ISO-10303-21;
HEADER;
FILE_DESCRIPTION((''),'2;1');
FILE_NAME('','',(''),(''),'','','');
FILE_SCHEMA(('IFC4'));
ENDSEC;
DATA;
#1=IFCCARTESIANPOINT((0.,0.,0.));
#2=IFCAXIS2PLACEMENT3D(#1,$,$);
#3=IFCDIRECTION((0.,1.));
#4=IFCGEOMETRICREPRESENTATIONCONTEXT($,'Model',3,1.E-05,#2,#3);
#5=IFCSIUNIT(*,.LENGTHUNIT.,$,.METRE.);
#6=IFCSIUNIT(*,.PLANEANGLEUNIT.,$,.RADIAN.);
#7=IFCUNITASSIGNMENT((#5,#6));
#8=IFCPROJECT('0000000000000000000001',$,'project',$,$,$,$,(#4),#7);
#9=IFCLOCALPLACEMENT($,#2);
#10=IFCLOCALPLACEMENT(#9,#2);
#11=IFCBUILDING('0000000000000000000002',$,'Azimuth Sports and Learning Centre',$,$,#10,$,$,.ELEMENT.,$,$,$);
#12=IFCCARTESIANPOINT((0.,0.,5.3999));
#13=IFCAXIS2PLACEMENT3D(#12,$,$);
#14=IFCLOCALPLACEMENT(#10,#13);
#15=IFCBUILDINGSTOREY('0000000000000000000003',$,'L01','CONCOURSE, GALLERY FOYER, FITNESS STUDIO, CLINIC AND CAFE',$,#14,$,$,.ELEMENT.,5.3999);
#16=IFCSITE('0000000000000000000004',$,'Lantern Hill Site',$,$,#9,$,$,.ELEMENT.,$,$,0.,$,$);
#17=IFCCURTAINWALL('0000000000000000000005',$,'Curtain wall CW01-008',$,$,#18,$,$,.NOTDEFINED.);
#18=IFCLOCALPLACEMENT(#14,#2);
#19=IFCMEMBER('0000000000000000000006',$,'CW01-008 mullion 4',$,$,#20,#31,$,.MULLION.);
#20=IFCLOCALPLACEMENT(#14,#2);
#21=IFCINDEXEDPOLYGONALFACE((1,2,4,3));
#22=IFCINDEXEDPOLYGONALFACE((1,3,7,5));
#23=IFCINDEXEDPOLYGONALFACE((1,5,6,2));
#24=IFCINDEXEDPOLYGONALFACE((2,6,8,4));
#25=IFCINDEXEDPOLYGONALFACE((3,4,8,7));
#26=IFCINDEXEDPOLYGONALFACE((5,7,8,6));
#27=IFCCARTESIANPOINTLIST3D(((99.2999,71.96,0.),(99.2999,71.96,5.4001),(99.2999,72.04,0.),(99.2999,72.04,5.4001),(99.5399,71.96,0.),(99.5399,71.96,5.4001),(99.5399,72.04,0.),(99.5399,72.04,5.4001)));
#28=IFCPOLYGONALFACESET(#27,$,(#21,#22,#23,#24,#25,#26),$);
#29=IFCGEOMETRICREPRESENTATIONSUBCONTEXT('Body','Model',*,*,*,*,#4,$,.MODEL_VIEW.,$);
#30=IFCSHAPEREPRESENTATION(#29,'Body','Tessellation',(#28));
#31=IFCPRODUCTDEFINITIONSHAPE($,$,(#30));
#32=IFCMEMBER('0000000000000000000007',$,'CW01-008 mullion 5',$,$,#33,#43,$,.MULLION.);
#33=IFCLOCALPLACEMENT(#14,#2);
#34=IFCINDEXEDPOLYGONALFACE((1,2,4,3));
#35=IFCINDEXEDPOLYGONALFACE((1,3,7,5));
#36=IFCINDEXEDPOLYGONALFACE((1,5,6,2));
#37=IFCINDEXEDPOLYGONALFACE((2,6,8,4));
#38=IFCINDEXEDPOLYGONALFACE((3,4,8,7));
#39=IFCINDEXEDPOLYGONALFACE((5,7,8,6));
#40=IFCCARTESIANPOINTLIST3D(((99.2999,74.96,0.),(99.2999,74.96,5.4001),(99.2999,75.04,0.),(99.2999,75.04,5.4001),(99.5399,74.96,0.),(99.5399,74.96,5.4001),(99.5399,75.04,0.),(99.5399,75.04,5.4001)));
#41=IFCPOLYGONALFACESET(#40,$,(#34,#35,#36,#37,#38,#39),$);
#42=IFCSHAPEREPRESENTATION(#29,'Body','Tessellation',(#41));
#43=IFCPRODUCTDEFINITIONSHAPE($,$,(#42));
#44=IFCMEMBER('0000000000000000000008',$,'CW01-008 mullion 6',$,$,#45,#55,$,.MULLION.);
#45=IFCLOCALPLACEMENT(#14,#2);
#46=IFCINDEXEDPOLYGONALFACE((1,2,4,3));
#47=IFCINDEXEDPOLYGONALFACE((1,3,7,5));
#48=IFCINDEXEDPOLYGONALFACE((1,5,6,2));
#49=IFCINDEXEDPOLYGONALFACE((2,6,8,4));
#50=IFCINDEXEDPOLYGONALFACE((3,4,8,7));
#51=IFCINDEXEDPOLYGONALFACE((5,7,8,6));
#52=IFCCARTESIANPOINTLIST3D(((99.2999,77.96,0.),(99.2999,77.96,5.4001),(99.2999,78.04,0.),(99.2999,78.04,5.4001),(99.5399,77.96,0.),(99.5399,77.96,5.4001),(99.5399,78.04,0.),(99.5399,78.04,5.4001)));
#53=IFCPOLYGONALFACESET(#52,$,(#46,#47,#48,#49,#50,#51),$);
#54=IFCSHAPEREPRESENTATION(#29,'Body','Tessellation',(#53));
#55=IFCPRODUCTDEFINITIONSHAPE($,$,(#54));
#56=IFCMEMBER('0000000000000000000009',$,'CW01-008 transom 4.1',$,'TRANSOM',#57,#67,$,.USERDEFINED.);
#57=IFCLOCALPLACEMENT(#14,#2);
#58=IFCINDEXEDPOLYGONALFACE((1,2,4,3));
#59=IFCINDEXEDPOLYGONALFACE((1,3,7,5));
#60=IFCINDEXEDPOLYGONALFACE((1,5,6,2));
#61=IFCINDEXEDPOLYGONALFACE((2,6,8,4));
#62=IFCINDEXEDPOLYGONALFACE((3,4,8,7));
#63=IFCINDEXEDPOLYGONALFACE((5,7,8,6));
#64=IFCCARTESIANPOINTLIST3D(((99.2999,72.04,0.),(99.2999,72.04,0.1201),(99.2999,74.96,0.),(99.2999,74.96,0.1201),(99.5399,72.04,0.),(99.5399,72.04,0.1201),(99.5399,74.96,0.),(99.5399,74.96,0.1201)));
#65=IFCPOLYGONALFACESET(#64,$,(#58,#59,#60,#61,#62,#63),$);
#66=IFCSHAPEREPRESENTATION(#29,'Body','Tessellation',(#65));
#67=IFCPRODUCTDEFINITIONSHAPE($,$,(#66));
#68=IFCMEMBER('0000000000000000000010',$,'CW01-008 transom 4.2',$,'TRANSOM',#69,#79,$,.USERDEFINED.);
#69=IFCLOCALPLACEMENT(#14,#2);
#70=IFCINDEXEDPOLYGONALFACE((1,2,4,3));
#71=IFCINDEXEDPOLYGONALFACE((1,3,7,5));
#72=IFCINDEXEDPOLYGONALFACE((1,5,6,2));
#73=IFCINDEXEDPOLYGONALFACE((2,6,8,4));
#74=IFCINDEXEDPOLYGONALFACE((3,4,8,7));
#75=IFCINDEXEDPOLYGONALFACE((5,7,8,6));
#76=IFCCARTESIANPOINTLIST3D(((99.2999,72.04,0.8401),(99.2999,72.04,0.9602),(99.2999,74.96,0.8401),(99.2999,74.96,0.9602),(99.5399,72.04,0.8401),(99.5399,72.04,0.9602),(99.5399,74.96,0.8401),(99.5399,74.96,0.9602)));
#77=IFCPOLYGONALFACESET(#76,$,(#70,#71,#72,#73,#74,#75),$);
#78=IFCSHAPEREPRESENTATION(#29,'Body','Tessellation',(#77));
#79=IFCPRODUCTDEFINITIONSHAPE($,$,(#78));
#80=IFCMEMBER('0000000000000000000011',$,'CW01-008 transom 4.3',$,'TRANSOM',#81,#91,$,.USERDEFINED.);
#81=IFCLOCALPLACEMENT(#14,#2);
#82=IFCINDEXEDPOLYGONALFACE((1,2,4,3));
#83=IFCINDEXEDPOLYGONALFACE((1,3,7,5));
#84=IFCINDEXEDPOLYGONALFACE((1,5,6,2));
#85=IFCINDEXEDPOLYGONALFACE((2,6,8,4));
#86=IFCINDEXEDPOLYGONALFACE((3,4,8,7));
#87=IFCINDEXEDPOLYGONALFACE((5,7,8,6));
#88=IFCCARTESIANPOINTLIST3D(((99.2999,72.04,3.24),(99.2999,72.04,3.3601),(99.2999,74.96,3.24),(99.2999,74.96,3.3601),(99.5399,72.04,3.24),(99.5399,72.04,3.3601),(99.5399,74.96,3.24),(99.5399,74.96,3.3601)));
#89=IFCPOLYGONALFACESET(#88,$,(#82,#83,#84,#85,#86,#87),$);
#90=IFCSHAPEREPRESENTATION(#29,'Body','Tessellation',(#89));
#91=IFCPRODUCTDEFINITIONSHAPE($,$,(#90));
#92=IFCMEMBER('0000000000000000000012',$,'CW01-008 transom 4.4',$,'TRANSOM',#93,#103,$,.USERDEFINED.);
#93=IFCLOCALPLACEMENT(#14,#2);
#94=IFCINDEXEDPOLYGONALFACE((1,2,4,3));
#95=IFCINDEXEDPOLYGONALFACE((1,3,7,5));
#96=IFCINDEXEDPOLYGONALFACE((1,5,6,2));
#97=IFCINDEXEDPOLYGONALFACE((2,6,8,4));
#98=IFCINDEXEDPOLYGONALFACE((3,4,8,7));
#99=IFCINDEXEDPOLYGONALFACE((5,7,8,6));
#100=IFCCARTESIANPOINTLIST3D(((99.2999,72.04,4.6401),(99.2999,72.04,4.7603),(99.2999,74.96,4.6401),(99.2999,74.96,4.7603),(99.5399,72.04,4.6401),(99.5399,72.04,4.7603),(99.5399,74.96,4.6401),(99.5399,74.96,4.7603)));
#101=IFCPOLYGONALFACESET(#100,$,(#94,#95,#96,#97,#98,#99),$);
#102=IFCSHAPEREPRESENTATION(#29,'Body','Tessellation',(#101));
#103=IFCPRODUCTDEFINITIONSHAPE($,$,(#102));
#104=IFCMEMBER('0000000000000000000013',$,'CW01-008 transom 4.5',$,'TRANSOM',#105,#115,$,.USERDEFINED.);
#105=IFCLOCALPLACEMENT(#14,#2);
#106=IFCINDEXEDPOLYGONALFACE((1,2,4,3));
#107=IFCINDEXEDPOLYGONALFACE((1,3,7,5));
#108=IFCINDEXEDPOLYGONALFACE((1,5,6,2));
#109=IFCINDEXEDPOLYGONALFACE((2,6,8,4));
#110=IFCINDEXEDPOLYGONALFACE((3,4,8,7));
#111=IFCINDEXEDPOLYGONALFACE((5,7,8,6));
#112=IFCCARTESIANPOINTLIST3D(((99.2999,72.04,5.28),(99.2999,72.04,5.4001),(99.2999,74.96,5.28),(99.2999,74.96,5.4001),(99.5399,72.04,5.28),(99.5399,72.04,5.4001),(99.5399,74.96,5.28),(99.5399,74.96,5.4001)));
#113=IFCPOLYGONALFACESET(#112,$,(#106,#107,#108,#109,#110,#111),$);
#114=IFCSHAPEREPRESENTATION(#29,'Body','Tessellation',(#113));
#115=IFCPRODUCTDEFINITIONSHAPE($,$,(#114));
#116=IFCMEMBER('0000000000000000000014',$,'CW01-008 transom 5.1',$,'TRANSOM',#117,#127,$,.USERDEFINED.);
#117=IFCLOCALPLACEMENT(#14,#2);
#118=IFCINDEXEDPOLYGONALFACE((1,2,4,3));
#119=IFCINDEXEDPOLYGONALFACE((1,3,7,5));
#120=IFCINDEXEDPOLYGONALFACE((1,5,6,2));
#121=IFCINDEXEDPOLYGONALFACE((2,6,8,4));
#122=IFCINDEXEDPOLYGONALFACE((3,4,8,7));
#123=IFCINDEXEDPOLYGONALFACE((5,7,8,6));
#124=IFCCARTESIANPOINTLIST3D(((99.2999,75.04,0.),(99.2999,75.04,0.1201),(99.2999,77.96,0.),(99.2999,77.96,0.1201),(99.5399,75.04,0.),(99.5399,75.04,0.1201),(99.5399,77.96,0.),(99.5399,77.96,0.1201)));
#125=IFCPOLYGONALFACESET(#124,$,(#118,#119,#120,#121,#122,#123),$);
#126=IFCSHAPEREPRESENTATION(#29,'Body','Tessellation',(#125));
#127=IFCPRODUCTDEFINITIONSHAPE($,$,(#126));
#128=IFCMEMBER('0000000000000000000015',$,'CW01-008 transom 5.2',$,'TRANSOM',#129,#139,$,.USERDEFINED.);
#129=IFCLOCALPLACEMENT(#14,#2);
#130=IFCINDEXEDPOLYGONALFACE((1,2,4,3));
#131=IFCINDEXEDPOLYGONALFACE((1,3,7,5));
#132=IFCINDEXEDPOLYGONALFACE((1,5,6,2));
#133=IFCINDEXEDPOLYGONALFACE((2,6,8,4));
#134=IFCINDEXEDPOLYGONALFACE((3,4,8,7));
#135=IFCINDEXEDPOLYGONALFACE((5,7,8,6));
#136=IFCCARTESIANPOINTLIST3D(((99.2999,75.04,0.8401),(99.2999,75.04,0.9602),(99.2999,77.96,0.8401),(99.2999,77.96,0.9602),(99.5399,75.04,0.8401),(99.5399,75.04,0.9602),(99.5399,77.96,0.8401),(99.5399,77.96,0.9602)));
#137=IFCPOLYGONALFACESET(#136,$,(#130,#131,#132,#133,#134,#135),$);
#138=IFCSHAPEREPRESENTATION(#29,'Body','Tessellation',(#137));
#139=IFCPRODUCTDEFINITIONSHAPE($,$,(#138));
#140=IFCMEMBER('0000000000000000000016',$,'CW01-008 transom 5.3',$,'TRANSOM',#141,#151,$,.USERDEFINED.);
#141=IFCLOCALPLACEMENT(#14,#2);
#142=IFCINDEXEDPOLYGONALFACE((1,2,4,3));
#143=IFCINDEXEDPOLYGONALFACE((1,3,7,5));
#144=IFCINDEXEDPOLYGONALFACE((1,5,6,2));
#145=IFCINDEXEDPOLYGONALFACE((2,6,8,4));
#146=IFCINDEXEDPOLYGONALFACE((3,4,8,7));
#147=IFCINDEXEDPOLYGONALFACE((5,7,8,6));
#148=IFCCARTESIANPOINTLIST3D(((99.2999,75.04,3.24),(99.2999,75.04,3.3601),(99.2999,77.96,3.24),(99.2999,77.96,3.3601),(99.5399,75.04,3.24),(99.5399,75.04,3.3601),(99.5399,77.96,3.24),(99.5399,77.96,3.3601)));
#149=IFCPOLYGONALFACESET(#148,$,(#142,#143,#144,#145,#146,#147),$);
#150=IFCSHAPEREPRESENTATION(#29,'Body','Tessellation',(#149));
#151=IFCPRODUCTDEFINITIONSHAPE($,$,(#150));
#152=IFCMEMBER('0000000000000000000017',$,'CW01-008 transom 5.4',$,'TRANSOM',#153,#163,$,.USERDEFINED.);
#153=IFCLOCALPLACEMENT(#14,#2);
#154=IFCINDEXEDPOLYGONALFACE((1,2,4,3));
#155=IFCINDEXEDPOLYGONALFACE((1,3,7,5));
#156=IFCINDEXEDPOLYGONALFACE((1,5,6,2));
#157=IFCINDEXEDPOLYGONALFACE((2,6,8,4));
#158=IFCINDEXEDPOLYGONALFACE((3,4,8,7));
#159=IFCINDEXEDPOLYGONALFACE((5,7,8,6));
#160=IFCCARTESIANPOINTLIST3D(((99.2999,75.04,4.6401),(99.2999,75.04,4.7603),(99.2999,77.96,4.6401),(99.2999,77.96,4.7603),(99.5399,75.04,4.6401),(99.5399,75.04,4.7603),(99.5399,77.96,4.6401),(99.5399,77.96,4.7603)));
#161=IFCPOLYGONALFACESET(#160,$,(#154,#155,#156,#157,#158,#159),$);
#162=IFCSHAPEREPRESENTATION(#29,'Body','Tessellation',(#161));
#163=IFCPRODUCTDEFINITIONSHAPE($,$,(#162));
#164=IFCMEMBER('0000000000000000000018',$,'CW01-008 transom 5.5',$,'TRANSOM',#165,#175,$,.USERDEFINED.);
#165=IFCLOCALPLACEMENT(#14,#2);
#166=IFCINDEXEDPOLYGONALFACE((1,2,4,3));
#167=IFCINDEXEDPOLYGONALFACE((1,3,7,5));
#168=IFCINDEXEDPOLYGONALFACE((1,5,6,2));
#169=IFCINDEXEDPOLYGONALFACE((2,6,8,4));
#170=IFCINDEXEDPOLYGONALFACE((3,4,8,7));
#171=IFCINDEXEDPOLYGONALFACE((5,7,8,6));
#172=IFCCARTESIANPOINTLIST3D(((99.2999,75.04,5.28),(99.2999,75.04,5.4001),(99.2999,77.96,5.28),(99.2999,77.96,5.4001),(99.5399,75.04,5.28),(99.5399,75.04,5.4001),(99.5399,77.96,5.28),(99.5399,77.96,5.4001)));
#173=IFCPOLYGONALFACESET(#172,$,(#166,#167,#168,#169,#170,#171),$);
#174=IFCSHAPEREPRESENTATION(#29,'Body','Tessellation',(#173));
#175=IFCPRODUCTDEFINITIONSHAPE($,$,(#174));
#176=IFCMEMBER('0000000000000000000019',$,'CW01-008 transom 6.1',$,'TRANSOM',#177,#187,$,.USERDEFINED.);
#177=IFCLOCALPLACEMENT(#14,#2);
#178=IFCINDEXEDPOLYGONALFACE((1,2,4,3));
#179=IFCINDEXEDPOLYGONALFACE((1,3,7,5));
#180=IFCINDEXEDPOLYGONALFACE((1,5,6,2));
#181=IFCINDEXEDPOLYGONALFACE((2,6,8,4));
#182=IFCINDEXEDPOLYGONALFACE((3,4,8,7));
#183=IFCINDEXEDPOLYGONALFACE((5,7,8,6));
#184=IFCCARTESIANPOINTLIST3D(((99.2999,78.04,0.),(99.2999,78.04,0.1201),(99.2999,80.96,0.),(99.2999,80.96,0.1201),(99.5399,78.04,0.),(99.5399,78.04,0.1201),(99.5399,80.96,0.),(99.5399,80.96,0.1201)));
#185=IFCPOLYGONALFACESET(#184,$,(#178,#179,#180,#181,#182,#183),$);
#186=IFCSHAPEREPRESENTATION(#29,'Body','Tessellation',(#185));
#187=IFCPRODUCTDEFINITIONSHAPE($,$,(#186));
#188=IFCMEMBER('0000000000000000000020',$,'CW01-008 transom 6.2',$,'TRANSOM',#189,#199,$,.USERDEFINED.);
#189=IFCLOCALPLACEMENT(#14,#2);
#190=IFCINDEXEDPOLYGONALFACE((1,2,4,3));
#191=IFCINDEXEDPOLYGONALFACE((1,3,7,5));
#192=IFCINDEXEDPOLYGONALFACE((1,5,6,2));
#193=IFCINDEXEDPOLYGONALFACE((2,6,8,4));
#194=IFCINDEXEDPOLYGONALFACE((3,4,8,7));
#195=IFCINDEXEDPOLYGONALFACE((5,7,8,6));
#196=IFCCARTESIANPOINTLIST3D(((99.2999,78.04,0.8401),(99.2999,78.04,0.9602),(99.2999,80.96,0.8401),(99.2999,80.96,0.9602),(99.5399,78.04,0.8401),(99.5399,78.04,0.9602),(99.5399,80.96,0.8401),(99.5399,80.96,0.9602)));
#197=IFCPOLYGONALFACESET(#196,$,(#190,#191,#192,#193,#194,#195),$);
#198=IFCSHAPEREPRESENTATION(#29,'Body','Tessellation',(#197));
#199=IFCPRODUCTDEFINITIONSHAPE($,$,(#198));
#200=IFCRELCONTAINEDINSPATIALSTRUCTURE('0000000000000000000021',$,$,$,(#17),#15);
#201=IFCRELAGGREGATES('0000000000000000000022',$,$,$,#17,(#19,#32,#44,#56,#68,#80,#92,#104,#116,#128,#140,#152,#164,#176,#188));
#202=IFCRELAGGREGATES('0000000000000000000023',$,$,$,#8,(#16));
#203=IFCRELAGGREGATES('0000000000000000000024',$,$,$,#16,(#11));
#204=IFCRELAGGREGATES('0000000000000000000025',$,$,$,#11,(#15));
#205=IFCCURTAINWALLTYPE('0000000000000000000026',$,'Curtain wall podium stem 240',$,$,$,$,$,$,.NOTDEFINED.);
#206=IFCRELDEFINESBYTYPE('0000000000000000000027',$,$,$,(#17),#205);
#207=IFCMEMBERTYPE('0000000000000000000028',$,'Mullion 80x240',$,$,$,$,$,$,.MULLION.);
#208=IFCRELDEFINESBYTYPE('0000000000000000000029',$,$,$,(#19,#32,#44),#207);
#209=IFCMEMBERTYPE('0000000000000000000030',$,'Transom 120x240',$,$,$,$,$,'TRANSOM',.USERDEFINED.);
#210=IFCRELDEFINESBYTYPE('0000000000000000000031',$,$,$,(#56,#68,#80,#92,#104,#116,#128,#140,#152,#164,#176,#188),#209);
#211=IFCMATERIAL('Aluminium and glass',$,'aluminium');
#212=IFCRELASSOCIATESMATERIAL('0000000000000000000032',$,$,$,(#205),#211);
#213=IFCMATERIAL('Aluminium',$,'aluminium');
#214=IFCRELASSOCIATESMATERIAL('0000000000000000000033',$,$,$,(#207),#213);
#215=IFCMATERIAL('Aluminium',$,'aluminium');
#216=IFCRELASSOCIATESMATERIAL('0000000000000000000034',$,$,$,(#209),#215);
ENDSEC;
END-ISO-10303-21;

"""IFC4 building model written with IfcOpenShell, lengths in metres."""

from ifc_helpers import new_model, si_unit, direction, frame, origin, origin_2d, place, context, subcontext, project, spatial, rectangle, extrude, material, material_profile, profile_set, type_object, element, aggregate, save


model = new_model("IFC4")

# Units and contexts
model_context = context("Model", 3, precision=1e-05, world=origin(), true_north=direction((0.0, 1.0)))
body_context = subcontext(model_context, "Body", "Model", "MODEL_VIEW")
ifc_project = project(units=[si_unit("LENGTHUNIT", "METRE"), si_unit("PLANEANGLEUNIT", "RADIAN")], contexts=[model_context])

# Site, building, storey
site_placement = place(None, origin())
site = spatial("IfcSite", under=ifc_project, at=site_placement, Name="Lantern Hill Site", CompositionType="ELEMENT", RefElevation=0.0)
building_placement = place(site_placement, origin())
building = spatial("IfcBuilding", under=site, at=building_placement, Name="Azimuth Sports and Learning Centre", CompositionType="ELEMENT")
storey_placement = place(building_placement, frame((0.0, 0.0, 5.3999)))
storey = spatial("IfcBuildingStorey", under=building, at=storey_placement, Name="L01", Description="CONCOURSE, GALLERY FOYER, FITNESS STUDIO, CLINIC AND CAFE", CompositionType="ELEMENT", Elevation=5.3999)

# Curtain wall, members
ifc_material_1 = material(Name="Aluminium and glass", Category="aluminium")
curtain_wall_type = type_object("IfcCurtainWallType", Name="Curtain wall podium stem 240", PredefinedType="NOTDEFINED", material=ifc_material_1)
curtain_wall_placement = place(storey_placement, origin())
curtain_wall = element("IfcCurtainWall", 1, at=curtain_wall_placement, inside=storey, type_object=curtain_wall_type, Name="Curtain wall CW01-008", PredefinedType="NOTDEFINED")
ifc_material_2 = material(Name="Aluminium", Category="aluminium")
ifc_material_profile_1 = material_profile(ifc_material_2, rectangle(XDim=0.24, YDim=0.0801, at=origin_2d()), Name="Mullion 80x240")
ifc_profile_set_1 = profile_set([ifc_material_profile_1], Name="Aluminium")
member_type_1 = type_object("IfcMemberType", Name="Mullion 80x240", PredefinedType="MULLION", material=ifc_profile_set_1)
member_1_placement = place(storey_placement, frame((99.4199, 72.0, 0.0), z_axis=(0.0, 0.0, 1.0), x_axis=(-1.0, 0.0, 0.0)))
member_1 = element("IfcMember", 2, at=member_1_placement, type_object=member_type_1, Name="CW01-008 mullion 4", PredefinedType="MULLION", context=body_context, shape_type="SweptSolid", body=[
    extrude(rectangle(XDim=0.24, YDim=0.0801, at=origin_2d()), origin(), (0.0, 0.0, 1.0), 5.4001),
])
member_2_placement = place(storey_placement, frame((99.4199, 75.0, 0.0), z_axis=(0.0, 0.0, 1.0), x_axis=(-1.0, 0.0, 0.0)))
member_2 = element("IfcMember", 3, at=member_2_placement, type_object=member_type_1, Name="CW01-008 mullion 5", PredefinedType="MULLION", context=body_context, shape_type="SweptSolid", body=[
    extrude(rectangle(XDim=0.24, YDim=0.0801, at=origin_2d()), origin(), (0.0, 0.0, 1.0), 5.4001),
])
member_3_placement = place(storey_placement, frame((99.4199, 78.0, 0.0), z_axis=(0.0, 0.0, 1.0), x_axis=(-1.0, 0.0, 0.0)))
member_3 = element("IfcMember", 4, at=member_3_placement, type_object=member_type_1, Name="CW01-008 mullion 6", PredefinedType="MULLION", context=body_context, shape_type="SweptSolid", body=[
    extrude(rectangle(XDim=0.24, YDim=0.0801, at=origin_2d()), origin(), (0.0, 0.0, 1.0), 5.4001),
])
ifc_material_3 = material(Name="Aluminium", Category="aluminium")
ifc_material_profile_2 = material_profile(ifc_material_3, rectangle(XDim=0.24, YDim=0.1201, at=origin_2d()), Name="Transom 120x240")
ifc_profile_set_2 = profile_set([ifc_material_profile_2], Name="Aluminium")
member_type_2 = type_object("IfcMemberType", Name="Transom 120x240", ElementType="TRANSOM", PredefinedType="USERDEFINED", material=ifc_profile_set_2)
member_4_placement = place(storey_placement, frame((99.4199, 72.04, 0.0601), z_axis=(0.0, 1.0, 0.0), x_axis=(-1.0, 0.0, 0.0)))
member_4 = element("IfcMember", 5, at=member_4_placement, type_object=member_type_2, Name="CW01-008 transom 4.1", ObjectType="TRANSOM", PredefinedType="USERDEFINED", context=body_context, shape_type="SweptSolid", body=[
    extrude(rectangle(XDim=0.24, YDim=0.1201, at=origin_2d()), origin(), (0.0, 0.0, 1.0), 2.9199),
])
member_5_placement = place(storey_placement, frame((99.4199, 72.04, 0.9001), z_axis=(0.0, 1.0, 0.0), x_axis=(-1.0, 0.0, 0.0)))
member_5 = element("IfcMember", 6, at=member_5_placement, type_object=member_type_2, Name="CW01-008 transom 4.2", ObjectType="TRANSOM", PredefinedType="USERDEFINED", context=body_context, shape_type="SweptSolid", body=[
    extrude(rectangle(XDim=0.24, YDim=0.1201, at=origin_2d()), origin(), (0.0, 0.0, 1.0), 2.9199),
])
member_6_placement = place(storey_placement, frame((99.4199, 72.04, 3.3), z_axis=(0.0, 1.0, 0.0), x_axis=(-1.0, 0.0, 0.0)))
member_6 = element("IfcMember", 7, at=member_6_placement, type_object=member_type_2, Name="CW01-008 transom 4.3", ObjectType="TRANSOM", PredefinedType="USERDEFINED", context=body_context, shape_type="SweptSolid", body=[
    extrude(rectangle(XDim=0.24, YDim=0.1201, at=origin_2d()), origin(), (0.0, 0.0, 1.0), 2.9199),
])
member_7_placement = place(storey_placement, frame((99.4199, 72.04, 4.7002), z_axis=(0.0, 1.0, 0.0), x_axis=(-1.0, 0.0, 0.0)))
member_7 = element("IfcMember", 8, at=member_7_placement, type_object=member_type_2, Name="CW01-008 transom 4.4", ObjectType="TRANSOM", PredefinedType="USERDEFINED", context=body_context, shape_type="SweptSolid", body=[
    extrude(rectangle(XDim=0.24, YDim=0.1201, at=origin_2d()), origin(), (0.0, 0.0, 1.0), 2.9199),
])
member_8_placement = place(storey_placement, frame((99.4199, 72.04, 5.3401), z_axis=(0.0, 1.0, 0.0), x_axis=(-1.0, 0.0, 0.0)))
member_8 = element("IfcMember", 9, at=member_8_placement, type_object=member_type_2, Name="CW01-008 transom 4.5", ObjectType="TRANSOM", PredefinedType="USERDEFINED", context=body_context, shape_type="SweptSolid", body=[
    extrude(rectangle(XDim=0.24, YDim=0.1201, at=origin_2d()), origin(), (0.0, 0.0, 1.0), 2.9199),
])
member_9_placement = place(storey_placement, frame((99.4199, 75.04, 0.0601), z_axis=(0.0, 1.0, 0.0), x_axis=(-1.0, 0.0, 0.0)))
member_9 = element("IfcMember", 10, at=member_9_placement, type_object=member_type_2, Name="CW01-008 transom 5.1", ObjectType="TRANSOM", PredefinedType="USERDEFINED", context=body_context, shape_type="SweptSolid", body=[
    extrude(rectangle(XDim=0.24, YDim=0.1201, at=origin_2d()), origin(), (0.0, 0.0, 1.0), 2.9199),
])
member_10_placement = place(storey_placement, frame((99.4199, 75.04, 0.9001), z_axis=(0.0, 1.0, 0.0), x_axis=(-1.0, 0.0, 0.0)))
member_10 = element("IfcMember", 11, at=member_10_placement, type_object=member_type_2, Name="CW01-008 transom 5.2", ObjectType="TRANSOM", PredefinedType="USERDEFINED", context=body_context, shape_type="SweptSolid", body=[
    extrude(rectangle(XDim=0.24, YDim=0.1201, at=origin_2d()), origin(), (0.0, 0.0, 1.0), 2.9199),
])
member_11_placement = place(storey_placement, frame((99.4199, 75.04, 3.3), z_axis=(0.0, 1.0, 0.0), x_axis=(-1.0, 0.0, 0.0)))
member_11 = element("IfcMember", 12, at=member_11_placement, type_object=member_type_2, Name="CW01-008 transom 5.3", ObjectType="TRANSOM", PredefinedType="USERDEFINED", context=body_context, shape_type="SweptSolid", body=[
    extrude(rectangle(XDim=0.24, YDim=0.1201, at=origin_2d()), origin(), (0.0, 0.0, 1.0), 2.9199),
])
member_12_placement = place(storey_placement, frame((99.4199, 75.04, 4.7002), z_axis=(0.0, 1.0, 0.0), x_axis=(-1.0, 0.0, 0.0)))
member_12 = element("IfcMember", 13, at=member_12_placement, type_object=member_type_2, Name="CW01-008 transom 5.4", ObjectType="TRANSOM", PredefinedType="USERDEFINED", context=body_context, shape_type="SweptSolid", body=[
    extrude(rectangle(XDim=0.24, YDim=0.1201, at=origin_2d()), origin(), (0.0, 0.0, 1.0), 2.9199),
])
member_13_placement = place(storey_placement, frame((99.4199, 75.04, 5.3401), z_axis=(0.0, 1.0, 0.0), x_axis=(-1.0, 0.0, 0.0)))
member_13 = element("IfcMember", 14, at=member_13_placement, type_object=member_type_2, Name="CW01-008 transom 5.5", ObjectType="TRANSOM", PredefinedType="USERDEFINED", context=body_context, shape_type="SweptSolid", body=[
    extrude(rectangle(XDim=0.24, YDim=0.1201, at=origin_2d()), origin(), (0.0, 0.0, 1.0), 2.9199),
])
member_14_placement = place(storey_placement, frame((99.4199, 78.04, 0.0601), z_axis=(0.0, 1.0, 0.0), x_axis=(-1.0, 0.0, 0.0)))
member_14 = element("IfcMember", 15, at=member_14_placement, type_object=member_type_2, Name="CW01-008 transom 6.1", ObjectType="TRANSOM", PredefinedType="USERDEFINED", context=body_context, shape_type="SweptSolid", body=[
    extrude(rectangle(XDim=0.24, YDim=0.1201, at=origin_2d()), origin(), (0.0, 0.0, 1.0), 2.9199),
])
member_15_placement = place(storey_placement, frame((99.4199, 78.04, 0.9001), z_axis=(0.0, 1.0, 0.0), x_axis=(-1.0, 0.0, 0.0)))
member_15 = element("IfcMember", 16, at=member_15_placement, type_object=member_type_2, Name="CW01-008 transom 6.2", ObjectType="TRANSOM", PredefinedType="USERDEFINED", context=body_context, shape_type="SweptSolid", body=[
    extrude(rectangle(XDim=0.24, YDim=0.1201, at=origin_2d()), origin(), (0.0, 0.0, 1.0), 2.9199),
])
aggregate(curtain_wall, [member_1, member_2, member_3, member_4, member_5, member_6, member_7, member_8, member_9, member_10, member_11, member_12, member_13, member_14, member_15])

save(model, "model.ifc")
